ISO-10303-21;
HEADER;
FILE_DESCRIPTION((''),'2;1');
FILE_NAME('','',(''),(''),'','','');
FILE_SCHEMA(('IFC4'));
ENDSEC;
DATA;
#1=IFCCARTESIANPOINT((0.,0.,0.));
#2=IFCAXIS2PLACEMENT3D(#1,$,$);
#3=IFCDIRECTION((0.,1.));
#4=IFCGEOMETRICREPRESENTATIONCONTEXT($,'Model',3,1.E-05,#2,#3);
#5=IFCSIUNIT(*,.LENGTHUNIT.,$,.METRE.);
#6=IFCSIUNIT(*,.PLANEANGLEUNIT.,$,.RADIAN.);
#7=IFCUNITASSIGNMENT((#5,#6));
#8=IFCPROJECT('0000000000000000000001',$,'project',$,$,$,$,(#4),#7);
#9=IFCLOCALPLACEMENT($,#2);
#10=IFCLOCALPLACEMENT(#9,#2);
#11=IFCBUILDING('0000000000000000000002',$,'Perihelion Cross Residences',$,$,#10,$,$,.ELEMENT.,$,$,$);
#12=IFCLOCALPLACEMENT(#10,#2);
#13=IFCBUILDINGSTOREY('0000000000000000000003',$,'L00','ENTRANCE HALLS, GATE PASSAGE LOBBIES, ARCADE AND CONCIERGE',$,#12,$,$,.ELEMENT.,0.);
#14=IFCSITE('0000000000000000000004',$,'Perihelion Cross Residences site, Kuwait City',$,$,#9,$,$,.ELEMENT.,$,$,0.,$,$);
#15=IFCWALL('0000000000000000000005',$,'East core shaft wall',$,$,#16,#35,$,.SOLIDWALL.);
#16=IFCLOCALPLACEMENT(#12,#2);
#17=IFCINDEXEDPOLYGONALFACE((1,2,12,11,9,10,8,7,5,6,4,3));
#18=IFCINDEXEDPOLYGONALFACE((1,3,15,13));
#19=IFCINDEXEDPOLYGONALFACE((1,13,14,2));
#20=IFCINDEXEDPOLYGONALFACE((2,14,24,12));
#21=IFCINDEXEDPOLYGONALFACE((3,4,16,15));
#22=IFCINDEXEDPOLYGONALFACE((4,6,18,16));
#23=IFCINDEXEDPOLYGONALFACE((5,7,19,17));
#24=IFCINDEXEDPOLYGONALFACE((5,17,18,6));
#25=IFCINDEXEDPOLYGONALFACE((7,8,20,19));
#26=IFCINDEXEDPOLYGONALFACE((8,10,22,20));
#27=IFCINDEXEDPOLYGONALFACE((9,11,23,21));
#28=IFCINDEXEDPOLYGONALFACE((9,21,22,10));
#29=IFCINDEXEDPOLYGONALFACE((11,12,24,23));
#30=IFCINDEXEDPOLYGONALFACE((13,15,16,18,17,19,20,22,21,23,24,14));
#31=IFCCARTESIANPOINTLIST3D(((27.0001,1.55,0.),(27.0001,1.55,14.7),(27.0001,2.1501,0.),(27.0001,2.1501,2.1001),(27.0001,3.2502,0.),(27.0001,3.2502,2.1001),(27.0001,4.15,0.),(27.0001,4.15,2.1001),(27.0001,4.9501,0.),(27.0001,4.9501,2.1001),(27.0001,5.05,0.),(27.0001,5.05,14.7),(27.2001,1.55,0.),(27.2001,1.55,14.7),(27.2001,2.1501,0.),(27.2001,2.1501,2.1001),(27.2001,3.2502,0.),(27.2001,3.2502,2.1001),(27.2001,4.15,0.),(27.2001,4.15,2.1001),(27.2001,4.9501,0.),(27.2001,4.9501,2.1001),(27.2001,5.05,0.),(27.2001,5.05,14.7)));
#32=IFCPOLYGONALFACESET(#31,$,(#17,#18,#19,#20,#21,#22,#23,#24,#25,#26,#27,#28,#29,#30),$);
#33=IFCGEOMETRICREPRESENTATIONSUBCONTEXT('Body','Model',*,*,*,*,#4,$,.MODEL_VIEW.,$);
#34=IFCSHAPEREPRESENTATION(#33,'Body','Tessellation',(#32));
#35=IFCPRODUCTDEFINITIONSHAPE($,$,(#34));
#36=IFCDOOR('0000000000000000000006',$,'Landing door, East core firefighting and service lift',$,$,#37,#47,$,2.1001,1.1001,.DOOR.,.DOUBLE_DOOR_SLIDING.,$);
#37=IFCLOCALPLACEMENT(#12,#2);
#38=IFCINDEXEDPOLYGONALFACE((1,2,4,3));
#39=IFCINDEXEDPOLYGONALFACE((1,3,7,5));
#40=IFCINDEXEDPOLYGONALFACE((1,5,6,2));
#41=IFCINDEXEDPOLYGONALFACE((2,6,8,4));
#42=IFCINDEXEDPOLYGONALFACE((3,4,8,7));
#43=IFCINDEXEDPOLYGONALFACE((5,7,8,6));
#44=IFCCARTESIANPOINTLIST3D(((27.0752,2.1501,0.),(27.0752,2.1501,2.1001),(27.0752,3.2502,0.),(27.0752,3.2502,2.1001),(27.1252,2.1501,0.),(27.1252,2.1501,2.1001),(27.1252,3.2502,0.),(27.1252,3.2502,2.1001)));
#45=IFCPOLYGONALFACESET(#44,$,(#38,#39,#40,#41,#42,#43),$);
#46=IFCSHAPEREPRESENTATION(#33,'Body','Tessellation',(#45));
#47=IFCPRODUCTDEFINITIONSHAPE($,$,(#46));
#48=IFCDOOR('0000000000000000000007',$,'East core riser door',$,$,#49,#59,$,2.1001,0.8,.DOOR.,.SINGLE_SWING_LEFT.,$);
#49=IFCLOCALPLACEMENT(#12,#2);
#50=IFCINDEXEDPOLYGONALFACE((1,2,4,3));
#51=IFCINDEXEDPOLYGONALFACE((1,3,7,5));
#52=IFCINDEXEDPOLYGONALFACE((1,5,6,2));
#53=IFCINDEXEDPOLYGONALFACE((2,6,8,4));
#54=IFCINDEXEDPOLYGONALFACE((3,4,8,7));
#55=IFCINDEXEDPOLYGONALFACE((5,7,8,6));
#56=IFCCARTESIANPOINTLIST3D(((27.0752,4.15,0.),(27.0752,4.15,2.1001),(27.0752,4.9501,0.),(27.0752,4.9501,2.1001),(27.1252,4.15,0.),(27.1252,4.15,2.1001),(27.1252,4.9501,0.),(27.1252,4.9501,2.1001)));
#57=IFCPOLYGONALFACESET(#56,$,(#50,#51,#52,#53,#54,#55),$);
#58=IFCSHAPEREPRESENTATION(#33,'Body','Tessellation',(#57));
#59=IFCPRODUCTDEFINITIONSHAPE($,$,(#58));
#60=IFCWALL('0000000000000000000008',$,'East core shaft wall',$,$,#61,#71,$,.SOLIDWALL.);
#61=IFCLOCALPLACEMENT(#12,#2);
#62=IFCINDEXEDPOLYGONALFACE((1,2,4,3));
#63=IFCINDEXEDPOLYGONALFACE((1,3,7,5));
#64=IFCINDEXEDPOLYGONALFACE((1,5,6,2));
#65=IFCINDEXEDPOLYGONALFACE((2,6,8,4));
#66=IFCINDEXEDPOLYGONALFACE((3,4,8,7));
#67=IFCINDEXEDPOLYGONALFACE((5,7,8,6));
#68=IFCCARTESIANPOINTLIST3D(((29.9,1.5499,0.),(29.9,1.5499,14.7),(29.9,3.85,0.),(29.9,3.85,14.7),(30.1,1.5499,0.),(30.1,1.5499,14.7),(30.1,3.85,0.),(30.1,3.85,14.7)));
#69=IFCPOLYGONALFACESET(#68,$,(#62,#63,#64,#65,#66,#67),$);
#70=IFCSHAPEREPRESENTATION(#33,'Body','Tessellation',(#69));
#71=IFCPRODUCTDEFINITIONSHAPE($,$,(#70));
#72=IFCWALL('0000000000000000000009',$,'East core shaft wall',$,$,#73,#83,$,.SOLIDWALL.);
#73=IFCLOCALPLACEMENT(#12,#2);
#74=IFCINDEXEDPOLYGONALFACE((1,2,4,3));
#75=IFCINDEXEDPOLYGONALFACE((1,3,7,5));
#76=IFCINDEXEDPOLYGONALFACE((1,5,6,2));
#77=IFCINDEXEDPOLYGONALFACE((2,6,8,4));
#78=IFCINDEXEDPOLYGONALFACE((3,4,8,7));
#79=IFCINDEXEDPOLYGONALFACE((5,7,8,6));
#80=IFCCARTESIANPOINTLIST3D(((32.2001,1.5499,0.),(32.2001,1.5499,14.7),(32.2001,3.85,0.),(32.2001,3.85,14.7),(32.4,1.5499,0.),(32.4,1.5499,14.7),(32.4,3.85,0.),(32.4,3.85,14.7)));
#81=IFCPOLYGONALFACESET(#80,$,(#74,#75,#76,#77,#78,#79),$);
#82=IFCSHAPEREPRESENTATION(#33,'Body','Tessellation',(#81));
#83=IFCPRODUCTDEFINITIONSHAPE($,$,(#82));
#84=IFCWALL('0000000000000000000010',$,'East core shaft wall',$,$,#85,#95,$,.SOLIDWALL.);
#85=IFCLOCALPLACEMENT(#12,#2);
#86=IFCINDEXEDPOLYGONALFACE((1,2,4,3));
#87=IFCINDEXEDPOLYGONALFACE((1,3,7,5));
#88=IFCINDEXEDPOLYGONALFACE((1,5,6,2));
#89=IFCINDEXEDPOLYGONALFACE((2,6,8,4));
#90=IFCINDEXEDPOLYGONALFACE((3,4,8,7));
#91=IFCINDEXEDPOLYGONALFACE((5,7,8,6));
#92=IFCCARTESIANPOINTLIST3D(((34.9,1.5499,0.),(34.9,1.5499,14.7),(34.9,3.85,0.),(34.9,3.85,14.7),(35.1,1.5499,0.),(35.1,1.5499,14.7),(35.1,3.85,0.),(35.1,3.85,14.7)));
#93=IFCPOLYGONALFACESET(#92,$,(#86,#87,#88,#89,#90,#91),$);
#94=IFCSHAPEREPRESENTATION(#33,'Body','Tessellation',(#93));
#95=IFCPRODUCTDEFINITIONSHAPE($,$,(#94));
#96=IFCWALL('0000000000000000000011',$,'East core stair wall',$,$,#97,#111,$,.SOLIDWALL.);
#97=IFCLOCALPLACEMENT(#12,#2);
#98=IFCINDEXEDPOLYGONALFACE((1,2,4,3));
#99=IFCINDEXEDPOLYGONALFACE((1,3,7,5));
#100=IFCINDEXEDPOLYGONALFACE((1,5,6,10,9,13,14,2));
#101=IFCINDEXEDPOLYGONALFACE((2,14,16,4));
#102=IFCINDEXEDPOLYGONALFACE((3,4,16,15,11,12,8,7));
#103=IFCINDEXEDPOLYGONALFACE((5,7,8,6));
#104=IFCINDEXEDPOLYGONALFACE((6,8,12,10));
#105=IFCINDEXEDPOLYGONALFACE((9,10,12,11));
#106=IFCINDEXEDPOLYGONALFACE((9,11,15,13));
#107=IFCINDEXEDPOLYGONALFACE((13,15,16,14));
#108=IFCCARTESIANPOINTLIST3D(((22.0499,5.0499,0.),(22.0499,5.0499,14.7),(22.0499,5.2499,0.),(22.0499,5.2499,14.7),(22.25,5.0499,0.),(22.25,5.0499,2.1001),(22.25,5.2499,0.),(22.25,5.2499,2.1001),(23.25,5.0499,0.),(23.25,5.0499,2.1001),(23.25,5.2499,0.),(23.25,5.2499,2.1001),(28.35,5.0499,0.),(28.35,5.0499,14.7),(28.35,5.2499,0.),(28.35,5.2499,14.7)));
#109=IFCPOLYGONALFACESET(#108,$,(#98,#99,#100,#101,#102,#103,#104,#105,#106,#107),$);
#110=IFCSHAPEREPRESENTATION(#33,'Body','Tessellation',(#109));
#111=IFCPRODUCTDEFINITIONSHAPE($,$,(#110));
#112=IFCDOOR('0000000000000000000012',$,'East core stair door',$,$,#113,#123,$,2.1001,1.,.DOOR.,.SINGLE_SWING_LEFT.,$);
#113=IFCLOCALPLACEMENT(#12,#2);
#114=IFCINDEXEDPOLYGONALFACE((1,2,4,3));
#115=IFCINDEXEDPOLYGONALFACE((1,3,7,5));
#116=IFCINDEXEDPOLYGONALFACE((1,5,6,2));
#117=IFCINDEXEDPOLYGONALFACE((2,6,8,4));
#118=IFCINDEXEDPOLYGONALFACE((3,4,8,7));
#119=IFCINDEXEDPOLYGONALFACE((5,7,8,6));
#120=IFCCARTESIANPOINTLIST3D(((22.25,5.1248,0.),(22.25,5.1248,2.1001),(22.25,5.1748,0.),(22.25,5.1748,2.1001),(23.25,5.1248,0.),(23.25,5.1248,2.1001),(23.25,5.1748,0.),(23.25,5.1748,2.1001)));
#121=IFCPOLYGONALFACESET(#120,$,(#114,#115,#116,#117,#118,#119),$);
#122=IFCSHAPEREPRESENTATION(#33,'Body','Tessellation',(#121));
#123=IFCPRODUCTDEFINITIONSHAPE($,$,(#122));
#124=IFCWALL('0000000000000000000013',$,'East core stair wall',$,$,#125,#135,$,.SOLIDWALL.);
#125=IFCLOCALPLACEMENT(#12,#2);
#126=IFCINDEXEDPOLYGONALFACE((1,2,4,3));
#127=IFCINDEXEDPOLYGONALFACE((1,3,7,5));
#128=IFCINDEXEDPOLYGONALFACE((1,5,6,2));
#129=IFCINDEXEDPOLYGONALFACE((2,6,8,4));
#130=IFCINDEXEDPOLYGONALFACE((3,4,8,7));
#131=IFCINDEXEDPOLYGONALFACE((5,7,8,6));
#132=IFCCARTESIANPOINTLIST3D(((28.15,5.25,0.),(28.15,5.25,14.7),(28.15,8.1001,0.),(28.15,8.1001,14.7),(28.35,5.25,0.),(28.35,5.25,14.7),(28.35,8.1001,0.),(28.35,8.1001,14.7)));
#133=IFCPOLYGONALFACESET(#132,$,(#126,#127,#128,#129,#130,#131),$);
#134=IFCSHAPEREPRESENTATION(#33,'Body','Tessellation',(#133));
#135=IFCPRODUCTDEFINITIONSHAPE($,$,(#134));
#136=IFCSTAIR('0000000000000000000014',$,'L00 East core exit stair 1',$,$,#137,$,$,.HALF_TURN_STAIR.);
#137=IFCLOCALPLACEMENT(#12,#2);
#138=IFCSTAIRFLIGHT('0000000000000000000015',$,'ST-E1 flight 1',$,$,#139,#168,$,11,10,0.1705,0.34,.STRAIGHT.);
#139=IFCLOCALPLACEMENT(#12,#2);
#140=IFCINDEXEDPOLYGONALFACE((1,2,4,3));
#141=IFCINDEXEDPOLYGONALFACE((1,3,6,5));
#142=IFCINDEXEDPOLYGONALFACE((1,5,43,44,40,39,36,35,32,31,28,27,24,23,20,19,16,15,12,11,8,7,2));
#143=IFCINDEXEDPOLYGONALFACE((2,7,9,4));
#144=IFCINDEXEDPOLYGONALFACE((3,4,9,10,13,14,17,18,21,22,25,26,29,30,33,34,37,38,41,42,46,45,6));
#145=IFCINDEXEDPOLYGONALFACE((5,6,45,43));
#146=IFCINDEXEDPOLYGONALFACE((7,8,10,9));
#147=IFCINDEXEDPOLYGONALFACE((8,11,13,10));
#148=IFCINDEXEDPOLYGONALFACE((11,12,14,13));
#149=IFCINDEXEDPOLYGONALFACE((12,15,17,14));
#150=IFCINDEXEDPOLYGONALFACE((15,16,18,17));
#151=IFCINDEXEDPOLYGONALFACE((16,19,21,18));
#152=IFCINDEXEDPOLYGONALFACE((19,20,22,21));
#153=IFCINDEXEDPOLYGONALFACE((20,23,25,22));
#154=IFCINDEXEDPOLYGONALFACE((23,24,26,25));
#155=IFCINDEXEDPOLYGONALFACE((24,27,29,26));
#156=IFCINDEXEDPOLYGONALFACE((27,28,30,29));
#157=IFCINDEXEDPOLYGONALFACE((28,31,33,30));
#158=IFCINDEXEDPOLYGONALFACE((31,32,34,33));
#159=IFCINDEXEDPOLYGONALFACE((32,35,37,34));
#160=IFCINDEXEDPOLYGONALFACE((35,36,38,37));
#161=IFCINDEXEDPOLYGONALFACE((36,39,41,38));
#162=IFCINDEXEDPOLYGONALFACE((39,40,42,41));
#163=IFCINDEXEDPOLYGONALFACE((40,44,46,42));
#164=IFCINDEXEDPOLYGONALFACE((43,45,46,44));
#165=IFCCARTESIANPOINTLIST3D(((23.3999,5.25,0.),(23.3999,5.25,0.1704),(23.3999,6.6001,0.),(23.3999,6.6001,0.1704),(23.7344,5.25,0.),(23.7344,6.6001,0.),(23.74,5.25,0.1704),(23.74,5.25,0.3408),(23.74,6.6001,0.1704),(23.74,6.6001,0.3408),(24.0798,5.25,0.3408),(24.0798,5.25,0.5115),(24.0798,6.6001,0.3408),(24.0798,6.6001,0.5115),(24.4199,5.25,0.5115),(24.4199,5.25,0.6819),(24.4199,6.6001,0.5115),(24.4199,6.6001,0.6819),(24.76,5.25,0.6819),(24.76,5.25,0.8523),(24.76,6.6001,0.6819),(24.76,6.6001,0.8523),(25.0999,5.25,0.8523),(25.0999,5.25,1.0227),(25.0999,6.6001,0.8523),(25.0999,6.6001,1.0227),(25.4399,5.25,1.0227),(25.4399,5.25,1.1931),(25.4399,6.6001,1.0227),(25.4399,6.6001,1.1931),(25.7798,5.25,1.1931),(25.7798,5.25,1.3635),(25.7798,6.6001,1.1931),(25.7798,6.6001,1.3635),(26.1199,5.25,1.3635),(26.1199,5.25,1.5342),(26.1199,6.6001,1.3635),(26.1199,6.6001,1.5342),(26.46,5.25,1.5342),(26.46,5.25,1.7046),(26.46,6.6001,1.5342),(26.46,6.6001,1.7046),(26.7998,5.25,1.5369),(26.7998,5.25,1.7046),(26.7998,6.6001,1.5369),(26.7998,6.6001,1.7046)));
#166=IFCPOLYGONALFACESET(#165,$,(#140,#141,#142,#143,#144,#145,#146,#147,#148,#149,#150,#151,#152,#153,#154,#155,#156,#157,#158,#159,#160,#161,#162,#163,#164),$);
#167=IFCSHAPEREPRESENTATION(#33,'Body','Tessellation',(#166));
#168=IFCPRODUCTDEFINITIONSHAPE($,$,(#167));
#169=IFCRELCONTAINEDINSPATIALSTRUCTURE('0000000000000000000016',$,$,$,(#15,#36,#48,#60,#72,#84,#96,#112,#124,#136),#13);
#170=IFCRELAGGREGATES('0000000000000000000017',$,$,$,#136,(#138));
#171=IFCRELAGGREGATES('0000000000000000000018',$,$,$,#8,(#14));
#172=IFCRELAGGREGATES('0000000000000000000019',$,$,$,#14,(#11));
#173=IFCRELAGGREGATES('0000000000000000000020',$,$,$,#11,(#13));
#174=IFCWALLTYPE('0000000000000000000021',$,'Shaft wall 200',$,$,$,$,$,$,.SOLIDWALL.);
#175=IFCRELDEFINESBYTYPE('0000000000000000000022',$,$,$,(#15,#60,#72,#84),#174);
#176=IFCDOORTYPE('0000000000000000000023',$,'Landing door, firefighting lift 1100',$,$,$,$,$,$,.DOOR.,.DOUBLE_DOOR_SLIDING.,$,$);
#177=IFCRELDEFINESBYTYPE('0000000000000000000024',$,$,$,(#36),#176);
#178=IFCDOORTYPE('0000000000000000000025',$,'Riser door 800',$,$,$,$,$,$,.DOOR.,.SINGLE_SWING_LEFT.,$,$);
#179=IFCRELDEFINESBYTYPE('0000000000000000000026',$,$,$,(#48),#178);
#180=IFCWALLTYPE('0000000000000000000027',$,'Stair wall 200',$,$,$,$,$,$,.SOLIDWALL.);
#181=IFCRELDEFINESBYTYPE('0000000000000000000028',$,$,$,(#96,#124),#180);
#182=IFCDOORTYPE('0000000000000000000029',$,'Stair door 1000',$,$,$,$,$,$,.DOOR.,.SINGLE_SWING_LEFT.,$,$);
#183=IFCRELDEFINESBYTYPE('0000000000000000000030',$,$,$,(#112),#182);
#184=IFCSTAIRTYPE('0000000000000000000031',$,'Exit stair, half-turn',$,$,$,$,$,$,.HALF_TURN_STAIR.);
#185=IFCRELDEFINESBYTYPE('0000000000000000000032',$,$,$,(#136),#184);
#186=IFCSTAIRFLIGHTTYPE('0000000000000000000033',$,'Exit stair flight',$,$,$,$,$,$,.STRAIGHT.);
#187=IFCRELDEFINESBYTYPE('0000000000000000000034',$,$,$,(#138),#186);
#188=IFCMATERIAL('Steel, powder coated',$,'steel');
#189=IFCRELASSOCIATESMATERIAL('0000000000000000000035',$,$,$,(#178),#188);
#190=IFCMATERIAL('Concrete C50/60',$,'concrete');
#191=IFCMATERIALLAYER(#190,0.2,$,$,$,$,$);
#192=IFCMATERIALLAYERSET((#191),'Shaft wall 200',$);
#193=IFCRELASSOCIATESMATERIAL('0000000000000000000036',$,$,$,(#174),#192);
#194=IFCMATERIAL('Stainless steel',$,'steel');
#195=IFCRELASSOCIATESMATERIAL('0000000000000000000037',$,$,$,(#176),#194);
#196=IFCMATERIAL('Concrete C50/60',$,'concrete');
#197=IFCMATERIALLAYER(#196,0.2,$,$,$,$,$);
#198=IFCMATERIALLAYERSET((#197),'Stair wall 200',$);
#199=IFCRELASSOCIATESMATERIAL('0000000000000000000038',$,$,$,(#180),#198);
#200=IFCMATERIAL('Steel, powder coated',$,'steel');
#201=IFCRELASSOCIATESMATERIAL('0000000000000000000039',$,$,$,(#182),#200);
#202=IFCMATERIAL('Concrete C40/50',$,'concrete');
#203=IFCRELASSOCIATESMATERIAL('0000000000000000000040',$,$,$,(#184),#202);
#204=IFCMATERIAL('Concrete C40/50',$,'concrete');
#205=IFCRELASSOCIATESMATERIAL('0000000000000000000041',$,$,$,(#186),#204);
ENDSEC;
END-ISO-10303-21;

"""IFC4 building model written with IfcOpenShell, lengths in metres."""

from ifc_helpers import new_model, si_unit, direction, frame, frame_2d, origin, place, context, subcontext, project, spatial, polyline, rectangle, outline, extrude, material, layer, layer_set, type_object, element, fill, aggregate, save


model = new_model("IFC4")

# Units and contexts
model_context = context("Model", 3, precision=1e-05, world=origin(), true_north=direction((0.0, 1.0)))
body_context = subcontext(model_context, "Body", "Model", "MODEL_VIEW")
ifc_project = project(units=[si_unit("LENGTHUNIT", "METRE"), si_unit("PLANEANGLEUNIT", "RADIAN")], contexts=[model_context])

# Site, building, storey
site_placement = place(None, origin())
site = spatial("IfcSite", under=ifc_project, at=site_placement, Name="Perihelion Cross Residences site, Kuwait City", CompositionType="ELEMENT", RefElevation=0.0)
building_placement = place(site_placement, origin())
building = spatial("IfcBuilding", under=site, at=building_placement, Name="Perihelion Cross Residences", CompositionType="ELEMENT")
storey_placement = place(building_placement, origin())
storey = spatial("IfcBuildingStorey", under=building, at=storey_placement, Name="L00", Description="ENTRANCE HALLS, GATE PASSAGE LOBBIES, ARCADE AND CONCIERGE", CompositionType="ELEMENT", Elevation=0.0)

# Shared definitions
ifc_material_1 = material(Name="Steel, powder coated", Category="steel")
door_type_1 = type_object("IfcDoorType", Name="Riser door 800", OperationType="SINGLE_SWING_LEFT", PredefinedType="DOOR", material=ifc_material_1)

# Shared definitions
ifc_material_2 = material(Name="Concrete C50/60", Category="concrete")
ifc_layer_1 = layer(ifc_material_2, 0.2)
ifc_layer_set_1 = layer_set([ifc_layer_1], Name="Shaft wall 200")
wall_type_1 = type_object("IfcWallType", Name="Shaft wall 200", PredefinedType="SOLIDWALL", material=ifc_layer_set_1)

# Wall, openings, doors
wall_1_placement = place(storey_placement, frame((27.1001, 1.55, 0.0), z_axis=(0.0, 0.0, 1.0), x_axis=(0.0, 1.0, 0.0)))
wall_1 = element("IfcWall", 1, at=wall_1_placement, inside=storey, type_object=wall_type_1, Name="East core shaft wall", PredefinedType="SOLIDWALL", context=body_context, shape_type="SweptSolid", body=[
    extrude(rectangle(XDim=3.5, YDim=0.2, at=frame_2d((1.75, 0.0))), origin(), (0.0, 0.0, 1.0), 14.7),
])
opening_1_placement = place(wall_1_placement, frame((0.6001, 0.0, 0.0)))
opening_1 = element("IfcOpeningElement", 2, at=opening_1_placement, cuts=wall_1, PredefinedType="OPENING", context=body_context, shape_type="SweptSolid", body=[
    extrude(rectangle(XDim=1.1001, YDim=2.1001, at=frame_2d((0.55, 1.05))), frame((0.0, 0.1099, 0.0), z_axis=(0.0, -1.0, 0.0), x_axis=(1.0, 0.0, 0.0)), (0.0, 0.0, 1.0), 0.22),
])
opening_2_placement = place(wall_1_placement, frame((2.6001, 0.0, 0.0)))
opening_2 = element("IfcOpeningElement", 3, at=opening_2_placement, cuts=wall_1, PredefinedType="OPENING", context=body_context, shape_type="SweptSolid", body=[
    extrude(rectangle(XDim=0.8, YDim=2.1001, at=frame_2d((0.3999, 1.05))), frame((0.0, 0.1099, 0.0), z_axis=(0.0, -1.0, 0.0), x_axis=(1.0, 0.0, 0.0)), (0.0, 0.0, 1.0), 0.22),
])
ifc_material_3 = material(Name="Stainless steel", Category="steel")
door_type_2 = type_object("IfcDoorType", Name="Landing door, firefighting lift 1100", OperationType="DOUBLE_DOOR_SLIDING", PredefinedType="DOOR", material=ifc_material_3)
door_1_placement = place(opening_1_placement, origin())
door_1 = element("IfcDoor", 4, at=door_1_placement, inside=storey, type_object=door_type_2, Name="Landing door, East core firefighting and service lift", OperationType="DOUBLE_DOOR_SLIDING", OverallHeight=2.1001, OverallWidth=1.1001, PredefinedType="DOOR", context=body_context, shape_type="SweptSolid", body=[
    extrude(rectangle(XDim=1.1001, YDim=2.1001, at=frame_2d((0.55, 1.05))), frame((0.0, 0.0249, 0.0), z_axis=(0.0, -1.0, 0.0), x_axis=(1.0, 0.0, 0.0)), (0.0, 0.0, 1.0), 0.05),
])
fill(opening_1, door_1)
door_2_placement = place(opening_2_placement, origin())
door_2 = element("IfcDoor", 5, at=door_2_placement, inside=storey, type_object=door_type_1, Name="East core riser door", OperationType="SINGLE_SWING_LEFT", OverallHeight=2.1001, OverallWidth=0.8, PredefinedType="DOOR", context=body_context, shape_type="SweptSolid", body=[
    extrude(rectangle(XDim=0.8, YDim=2.1001, at=frame_2d((0.3999, 1.05))), frame((0.0, 0.0249, 0.0), z_axis=(0.0, -1.0, 0.0), x_axis=(1.0, 0.0, 0.0)), (0.0, 0.0, 1.0), 0.05),
])
fill(opening_2, door_2)

# Walls
for number, where, z_axis, x_axis, name in (
    (6, (30.0, 1.55, 0.0), (0.0, 0.0, 1.0), (0.0, 1.0, 0.0), "East core shaft wall"),
    (7, (32.3, 1.55, 0.0), (0.0, 0.0, 1.0), (0.0, 1.0, 0.0), "East core shaft wall"),
    (8, (35.0, 1.55, 0.0), (0.0, 0.0, 1.0), (0.0, 1.0, 0.0), "East core shaft wall"),
):
    element("IfcWall", number, at=place(storey_placement, frame(where, z_axis=z_axis, x_axis=x_axis)), inside=storey, type_object=wall_type_1, Name=name, PredefinedType="SOLIDWALL", context=body_context, shape_type="SweptSolid", body=[
        extrude(rectangle(XDim=2.3, YDim=0.2, at=frame_2d((1.1499, 0.0))), origin(), (0.0, 0.0, 1.0), 14.7),
    ])

# Wall, opening, door
ifc_material_4 = material(Name="Concrete C50/60", Category="concrete")
ifc_layer_2 = layer(ifc_material_4, 0.2)
ifc_layer_set_2 = layer_set([ifc_layer_2], Name="Stair wall 200")
wall_type_2 = type_object("IfcWallType", Name="Stair wall 200", PredefinedType="SOLIDWALL", material=ifc_layer_set_2)
wall_2_placement = place(storey_placement, frame((22.05, 5.1499, 0.0), z_axis=(0.0, 0.0, 1.0), x_axis=(1.0, 0.0, 0.0)))
wall_2 = element("IfcWall", 9, at=wall_2_placement, inside=storey, type_object=wall_type_2, Name="East core stair wall", PredefinedType="SOLIDWALL", context=body_context, shape_type="SweptSolid", body=[
    extrude(rectangle(XDim=6.3, YDim=0.2, at=frame_2d((3.1499, 0.0))), origin(), (0.0, 0.0, 1.0), 14.7),
])
opening_3_placement = place(wall_2_placement, frame((0.2, 0.0, 0.0)))
opening_3 = element("IfcOpeningElement", 10, at=opening_3_placement, cuts=wall_2, PredefinedType="OPENING", context=body_context, shape_type="SweptSolid", body=[
    extrude(rectangle(XDim=1.0, YDim=2.1001, at=frame_2d((0.5, 1.05))), frame((0.0, 0.1099, 0.0), z_axis=(0.0, -1.0, 0.0), x_axis=(1.0, 0.0, 0.0)), (0.0, 0.0, 1.0), 0.22),
])
ifc_material_5 = material(Name="Steel, powder coated", Category="steel")
door_type_3 = type_object("IfcDoorType", Name="Stair door 1000", OperationType="SINGLE_SWING_LEFT", PredefinedType="DOOR", material=ifc_material_5)
door_3_placement = place(opening_3_placement, origin())
door_3 = element("IfcDoor", 11, at=door_3_placement, inside=storey, type_object=door_type_3, Name="East core stair door", OperationType="SINGLE_SWING_LEFT", OverallHeight=2.1001, OverallWidth=1.0, PredefinedType="DOOR", context=body_context, shape_type="SweptSolid", body=[
    extrude(rectangle(XDim=1.0, YDim=2.1001, at=frame_2d((0.5, 1.05))), frame((0.0, 0.0249, 0.0), z_axis=(0.0, -1.0, 0.0), x_axis=(1.0, 0.0, 0.0)), (0.0, 0.0, 1.0), 0.05),
])
fill(opening_3, door_3)

# Wall
wall_3_placement = place(storey_placement, frame((28.25, 5.25, 0.0), z_axis=(0.0, 0.0, 1.0), x_axis=(0.0, 1.0, 0.0)))
element("IfcWall", 12, at=wall_3_placement, inside=storey, type_object=wall_type_2, Name="East core stair wall", PredefinedType="SOLIDWALL", context=body_context, shape_type="SweptSolid", body=[
    extrude(rectangle(XDim=2.8501, YDim=0.2, at=frame_2d((1.425, 0.0))), origin(), (0.0, 0.0, 1.0), 14.7),
])

# Stair, stair flight
ifc_material_6 = material(Name="Concrete C40/50", Category="concrete")
stair_type = type_object("IfcStairType", Name="Exit stair, half-turn", PredefinedType="HALF_TURN_STAIR", material=ifc_material_6)
stair_placement = place(storey_placement, origin())
stair = element("IfcStair", 13, at=stair_placement, inside=storey, type_object=stair_type, Name="L00 East core exit stair 1", PredefinedType="HALF_TURN_STAIR")
ifc_material_7 = material(Name="Concrete C40/50", Category="concrete")
stair_flight_type = type_object("IfcStairFlightType", Name="Exit stair flight", PredefinedType="STRAIGHT", material=ifc_material_7)
stair_flight_1_placement = place(storey_placement, frame((23.3999, 5.925, 0.0), z_axis=(0.0, 0.0, 1.0), x_axis=(1.0, 0.0, 0.0)))
stair_flight_1 = element("IfcStairFlight", 14, at=stair_flight_1_placement, type_object=stair_flight_type, Name="ST-E1 flight 1", NumberOfRisers=11, NumberOfTreads=10, PredefinedType="STRAIGHT", RiserHeight=0.1705, TreadLength=0.34, context=body_context, shape_type="SweptSolid", body=[
    extrude(outline(polyline([(0.0, 0.0), (0.0, 0.1704), (0.3401, 0.1704), (0.3401, 0.3408), (0.6799, 0.3408), (0.6799, 0.5115), (1.02, 0.5115), (1.02, 0.6819), (1.3601, 0.6819), (1.3601, 0.8523), (1.7, 0.8523), (1.7, 1.0227), (2.04, 1.0227), (2.04, 1.1931), (2.3799, 1.1931), (2.3799, 1.3635), (2.72, 1.3635), (2.72, 1.5342), (3.0601, 1.5342), (3.0601, 1.7046), (3.3999, 1.7046), (3.3999, 1.875), (3.3999, 1.5369), (0.3345, 0.0), (0.0, 0.0)])), frame((0.0, 0.675, 0.0), z_axis=(0.0, -1.0, 0.0), x_axis=(1.0, 0.0, 0.0)), (0.0, 0.0, 1.0), 1.3501),
])
aggregate(stair, [stair_flight_1])

save(model, "model.ifc")
